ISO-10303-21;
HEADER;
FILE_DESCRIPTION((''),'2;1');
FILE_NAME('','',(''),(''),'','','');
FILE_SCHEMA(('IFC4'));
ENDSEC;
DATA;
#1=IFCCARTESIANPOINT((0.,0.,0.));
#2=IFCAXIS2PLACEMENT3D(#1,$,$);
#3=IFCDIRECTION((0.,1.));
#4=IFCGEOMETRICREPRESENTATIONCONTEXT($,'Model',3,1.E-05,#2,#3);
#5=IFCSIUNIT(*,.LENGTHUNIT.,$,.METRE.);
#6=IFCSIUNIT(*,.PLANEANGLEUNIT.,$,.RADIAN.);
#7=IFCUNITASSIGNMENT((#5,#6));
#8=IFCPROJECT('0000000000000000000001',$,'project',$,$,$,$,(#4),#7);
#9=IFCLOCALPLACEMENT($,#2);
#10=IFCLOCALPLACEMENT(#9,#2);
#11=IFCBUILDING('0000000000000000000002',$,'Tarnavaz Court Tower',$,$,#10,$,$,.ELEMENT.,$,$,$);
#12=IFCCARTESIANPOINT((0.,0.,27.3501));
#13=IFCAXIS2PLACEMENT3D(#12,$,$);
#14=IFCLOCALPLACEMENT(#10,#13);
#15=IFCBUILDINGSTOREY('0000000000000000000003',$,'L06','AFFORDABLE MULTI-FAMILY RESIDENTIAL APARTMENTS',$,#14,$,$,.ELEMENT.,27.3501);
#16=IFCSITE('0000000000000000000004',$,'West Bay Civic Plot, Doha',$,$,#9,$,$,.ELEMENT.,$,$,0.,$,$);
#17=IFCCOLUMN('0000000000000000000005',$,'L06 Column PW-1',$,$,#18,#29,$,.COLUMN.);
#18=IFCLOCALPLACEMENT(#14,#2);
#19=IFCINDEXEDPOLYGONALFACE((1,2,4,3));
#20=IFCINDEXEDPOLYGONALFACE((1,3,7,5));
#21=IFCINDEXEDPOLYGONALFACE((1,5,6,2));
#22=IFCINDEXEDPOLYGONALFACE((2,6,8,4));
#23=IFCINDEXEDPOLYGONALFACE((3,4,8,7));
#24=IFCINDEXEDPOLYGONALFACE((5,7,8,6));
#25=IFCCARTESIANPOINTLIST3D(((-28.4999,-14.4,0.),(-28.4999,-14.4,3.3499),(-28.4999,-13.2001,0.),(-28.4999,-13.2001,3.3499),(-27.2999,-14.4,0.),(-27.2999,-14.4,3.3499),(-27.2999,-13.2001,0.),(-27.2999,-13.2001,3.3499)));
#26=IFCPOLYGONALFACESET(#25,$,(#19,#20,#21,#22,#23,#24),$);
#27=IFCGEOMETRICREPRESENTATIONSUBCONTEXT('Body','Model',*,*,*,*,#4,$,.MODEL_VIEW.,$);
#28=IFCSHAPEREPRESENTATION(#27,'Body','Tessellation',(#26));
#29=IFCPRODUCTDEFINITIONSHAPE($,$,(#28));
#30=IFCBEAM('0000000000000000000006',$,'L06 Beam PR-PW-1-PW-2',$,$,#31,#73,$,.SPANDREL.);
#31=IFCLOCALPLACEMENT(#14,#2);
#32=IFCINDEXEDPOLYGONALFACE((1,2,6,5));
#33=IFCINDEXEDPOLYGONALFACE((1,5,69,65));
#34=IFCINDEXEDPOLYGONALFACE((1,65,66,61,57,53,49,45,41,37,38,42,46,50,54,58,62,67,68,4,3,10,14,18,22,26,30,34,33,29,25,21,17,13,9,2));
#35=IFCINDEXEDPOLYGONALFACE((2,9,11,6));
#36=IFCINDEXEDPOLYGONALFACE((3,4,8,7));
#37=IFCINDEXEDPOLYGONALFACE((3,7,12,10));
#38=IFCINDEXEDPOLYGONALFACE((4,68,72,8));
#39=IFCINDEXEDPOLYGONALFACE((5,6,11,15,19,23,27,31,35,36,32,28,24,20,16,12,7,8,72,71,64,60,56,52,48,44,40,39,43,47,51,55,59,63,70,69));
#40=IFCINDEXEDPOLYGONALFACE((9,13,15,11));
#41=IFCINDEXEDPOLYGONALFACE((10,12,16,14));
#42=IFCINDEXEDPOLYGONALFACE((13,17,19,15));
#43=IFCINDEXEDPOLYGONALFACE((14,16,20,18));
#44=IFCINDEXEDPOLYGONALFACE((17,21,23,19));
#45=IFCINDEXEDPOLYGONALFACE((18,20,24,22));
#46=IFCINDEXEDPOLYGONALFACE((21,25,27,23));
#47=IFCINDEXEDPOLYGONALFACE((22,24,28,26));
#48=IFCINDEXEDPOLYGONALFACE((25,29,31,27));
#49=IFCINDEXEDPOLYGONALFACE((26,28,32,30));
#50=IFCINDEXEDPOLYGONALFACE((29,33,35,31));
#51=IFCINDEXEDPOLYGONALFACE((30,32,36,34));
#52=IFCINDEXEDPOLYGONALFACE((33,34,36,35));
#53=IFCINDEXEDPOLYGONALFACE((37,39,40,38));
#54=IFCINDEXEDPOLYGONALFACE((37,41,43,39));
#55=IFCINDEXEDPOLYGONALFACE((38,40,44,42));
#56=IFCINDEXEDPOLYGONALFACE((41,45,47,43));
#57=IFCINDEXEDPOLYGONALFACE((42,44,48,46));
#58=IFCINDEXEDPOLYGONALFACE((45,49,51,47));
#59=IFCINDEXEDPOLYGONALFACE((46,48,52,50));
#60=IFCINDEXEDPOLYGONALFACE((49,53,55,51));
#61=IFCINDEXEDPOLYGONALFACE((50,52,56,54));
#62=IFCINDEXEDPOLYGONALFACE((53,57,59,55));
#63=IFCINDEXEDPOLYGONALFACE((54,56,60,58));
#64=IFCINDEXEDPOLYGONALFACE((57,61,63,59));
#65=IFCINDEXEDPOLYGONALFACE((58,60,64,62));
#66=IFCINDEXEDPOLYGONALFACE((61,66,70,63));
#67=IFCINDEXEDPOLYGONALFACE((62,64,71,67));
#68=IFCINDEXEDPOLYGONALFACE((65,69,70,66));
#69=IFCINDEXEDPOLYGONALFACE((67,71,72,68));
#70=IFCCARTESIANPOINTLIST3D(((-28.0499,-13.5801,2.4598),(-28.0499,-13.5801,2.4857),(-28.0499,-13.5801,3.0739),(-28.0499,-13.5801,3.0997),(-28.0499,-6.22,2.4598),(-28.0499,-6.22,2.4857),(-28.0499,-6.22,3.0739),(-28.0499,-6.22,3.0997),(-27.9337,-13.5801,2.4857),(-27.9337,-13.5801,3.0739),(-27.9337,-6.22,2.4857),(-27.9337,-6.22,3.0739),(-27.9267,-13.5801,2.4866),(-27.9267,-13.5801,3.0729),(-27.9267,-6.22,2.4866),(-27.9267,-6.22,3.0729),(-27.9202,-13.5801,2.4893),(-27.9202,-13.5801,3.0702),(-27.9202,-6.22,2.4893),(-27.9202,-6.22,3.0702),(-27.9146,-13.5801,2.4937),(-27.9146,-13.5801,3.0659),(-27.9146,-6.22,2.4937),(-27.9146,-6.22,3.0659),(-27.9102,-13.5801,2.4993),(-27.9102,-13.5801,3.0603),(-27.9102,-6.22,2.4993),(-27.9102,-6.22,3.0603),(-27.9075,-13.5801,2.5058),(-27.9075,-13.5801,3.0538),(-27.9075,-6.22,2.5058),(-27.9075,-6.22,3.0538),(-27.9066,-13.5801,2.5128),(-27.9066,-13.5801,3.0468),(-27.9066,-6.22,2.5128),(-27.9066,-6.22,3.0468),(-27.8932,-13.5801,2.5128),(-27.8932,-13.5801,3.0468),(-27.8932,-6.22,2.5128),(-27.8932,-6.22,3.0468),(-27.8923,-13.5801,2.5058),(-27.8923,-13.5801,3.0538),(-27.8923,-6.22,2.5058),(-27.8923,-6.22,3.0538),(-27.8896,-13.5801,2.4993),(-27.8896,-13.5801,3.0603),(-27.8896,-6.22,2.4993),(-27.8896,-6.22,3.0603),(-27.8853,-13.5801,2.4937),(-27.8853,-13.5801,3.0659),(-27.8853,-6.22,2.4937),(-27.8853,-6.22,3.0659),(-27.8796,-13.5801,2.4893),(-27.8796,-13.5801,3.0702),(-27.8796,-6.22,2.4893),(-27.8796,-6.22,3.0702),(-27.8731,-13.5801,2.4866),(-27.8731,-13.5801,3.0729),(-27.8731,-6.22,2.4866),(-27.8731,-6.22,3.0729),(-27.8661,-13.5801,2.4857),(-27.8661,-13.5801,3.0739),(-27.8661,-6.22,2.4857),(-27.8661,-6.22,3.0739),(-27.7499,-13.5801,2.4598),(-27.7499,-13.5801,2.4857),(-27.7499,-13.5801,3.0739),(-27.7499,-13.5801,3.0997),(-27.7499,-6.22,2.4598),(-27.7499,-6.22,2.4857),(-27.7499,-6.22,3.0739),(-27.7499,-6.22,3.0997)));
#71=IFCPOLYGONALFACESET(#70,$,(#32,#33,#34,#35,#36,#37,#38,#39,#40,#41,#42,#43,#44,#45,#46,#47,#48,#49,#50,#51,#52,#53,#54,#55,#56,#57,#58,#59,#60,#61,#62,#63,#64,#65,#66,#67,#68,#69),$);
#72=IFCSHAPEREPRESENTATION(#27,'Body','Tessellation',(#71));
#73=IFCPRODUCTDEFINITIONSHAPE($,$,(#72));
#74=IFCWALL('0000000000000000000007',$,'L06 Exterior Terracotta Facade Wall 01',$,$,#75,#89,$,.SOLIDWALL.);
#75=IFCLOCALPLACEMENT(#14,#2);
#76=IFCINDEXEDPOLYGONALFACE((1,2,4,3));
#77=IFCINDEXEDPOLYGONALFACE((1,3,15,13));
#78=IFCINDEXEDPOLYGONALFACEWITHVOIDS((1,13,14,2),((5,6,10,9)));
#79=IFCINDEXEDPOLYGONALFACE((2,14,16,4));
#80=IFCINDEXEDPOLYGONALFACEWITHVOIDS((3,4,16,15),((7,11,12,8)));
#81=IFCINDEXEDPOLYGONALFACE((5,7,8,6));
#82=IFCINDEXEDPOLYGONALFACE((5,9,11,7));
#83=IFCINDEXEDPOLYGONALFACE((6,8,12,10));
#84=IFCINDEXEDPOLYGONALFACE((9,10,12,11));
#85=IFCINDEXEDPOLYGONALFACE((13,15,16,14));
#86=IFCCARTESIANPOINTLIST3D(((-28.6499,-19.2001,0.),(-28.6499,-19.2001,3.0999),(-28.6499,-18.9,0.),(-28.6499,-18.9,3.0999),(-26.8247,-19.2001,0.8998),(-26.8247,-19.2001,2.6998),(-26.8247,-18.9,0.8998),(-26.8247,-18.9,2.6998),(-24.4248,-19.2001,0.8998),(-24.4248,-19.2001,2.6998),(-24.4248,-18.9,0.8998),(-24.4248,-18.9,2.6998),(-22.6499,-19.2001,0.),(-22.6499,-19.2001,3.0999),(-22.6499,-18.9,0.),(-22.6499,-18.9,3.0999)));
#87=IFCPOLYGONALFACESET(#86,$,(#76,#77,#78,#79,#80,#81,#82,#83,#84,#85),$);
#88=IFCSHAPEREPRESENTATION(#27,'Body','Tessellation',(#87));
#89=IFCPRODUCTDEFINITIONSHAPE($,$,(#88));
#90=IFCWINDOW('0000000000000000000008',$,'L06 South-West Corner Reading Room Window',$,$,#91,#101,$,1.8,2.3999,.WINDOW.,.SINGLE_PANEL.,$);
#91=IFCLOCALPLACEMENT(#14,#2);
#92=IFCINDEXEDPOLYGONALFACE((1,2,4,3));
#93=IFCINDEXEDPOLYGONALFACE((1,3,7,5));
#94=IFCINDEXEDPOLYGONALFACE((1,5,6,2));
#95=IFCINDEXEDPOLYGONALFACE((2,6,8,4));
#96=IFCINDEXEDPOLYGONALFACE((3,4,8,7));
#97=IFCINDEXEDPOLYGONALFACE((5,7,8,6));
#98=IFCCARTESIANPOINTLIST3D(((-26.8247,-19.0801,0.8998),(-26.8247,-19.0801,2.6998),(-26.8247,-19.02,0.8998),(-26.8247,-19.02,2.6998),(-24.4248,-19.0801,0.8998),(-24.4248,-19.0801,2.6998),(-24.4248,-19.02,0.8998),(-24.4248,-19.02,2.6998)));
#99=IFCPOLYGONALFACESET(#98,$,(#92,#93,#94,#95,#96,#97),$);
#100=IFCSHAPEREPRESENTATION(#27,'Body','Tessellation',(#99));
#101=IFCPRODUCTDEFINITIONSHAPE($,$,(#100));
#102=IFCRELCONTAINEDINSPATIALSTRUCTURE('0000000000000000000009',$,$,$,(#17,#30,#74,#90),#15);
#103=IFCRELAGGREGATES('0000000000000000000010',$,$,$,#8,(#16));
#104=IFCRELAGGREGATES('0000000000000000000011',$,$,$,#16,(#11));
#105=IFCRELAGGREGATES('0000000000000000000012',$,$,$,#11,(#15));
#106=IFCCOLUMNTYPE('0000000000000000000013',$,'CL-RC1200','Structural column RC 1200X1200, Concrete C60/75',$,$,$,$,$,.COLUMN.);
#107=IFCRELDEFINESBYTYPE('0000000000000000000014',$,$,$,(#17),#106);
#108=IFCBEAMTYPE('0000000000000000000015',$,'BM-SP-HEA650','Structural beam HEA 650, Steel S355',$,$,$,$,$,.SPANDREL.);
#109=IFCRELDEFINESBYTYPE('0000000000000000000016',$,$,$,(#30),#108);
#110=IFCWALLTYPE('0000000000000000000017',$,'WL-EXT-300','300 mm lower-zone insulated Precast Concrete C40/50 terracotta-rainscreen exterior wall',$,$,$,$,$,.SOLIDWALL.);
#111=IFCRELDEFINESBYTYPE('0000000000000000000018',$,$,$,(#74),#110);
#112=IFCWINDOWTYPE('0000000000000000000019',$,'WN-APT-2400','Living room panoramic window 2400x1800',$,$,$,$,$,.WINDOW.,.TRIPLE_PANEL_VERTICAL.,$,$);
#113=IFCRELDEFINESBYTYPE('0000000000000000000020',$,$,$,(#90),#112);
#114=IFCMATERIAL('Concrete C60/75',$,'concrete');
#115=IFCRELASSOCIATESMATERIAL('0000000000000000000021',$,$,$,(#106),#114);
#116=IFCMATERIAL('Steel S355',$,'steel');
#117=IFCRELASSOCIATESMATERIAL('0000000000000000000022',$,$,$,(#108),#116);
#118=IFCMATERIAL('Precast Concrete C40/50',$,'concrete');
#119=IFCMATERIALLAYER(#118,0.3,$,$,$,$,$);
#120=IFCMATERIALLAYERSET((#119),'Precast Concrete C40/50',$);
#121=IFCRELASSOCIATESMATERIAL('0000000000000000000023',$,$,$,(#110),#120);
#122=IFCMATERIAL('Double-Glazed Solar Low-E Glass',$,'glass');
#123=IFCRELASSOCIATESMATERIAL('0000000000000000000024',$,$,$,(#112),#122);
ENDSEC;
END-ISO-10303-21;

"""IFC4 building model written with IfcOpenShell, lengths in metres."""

from ifc_helpers import new_model, si_unit, direction, frame, frame_2d, origin, origin_2d, place, context, subcontext, project, spatial, rectangle, i_section, extrude, material, layer, layer_set, material_profile, profile_set, type_object, element, fill, save


model = new_model("IFC4")

# Units and contexts
model_context = context("Model", 3, precision=1e-05, world=origin(), true_north=direction((0.0, 1.0)))
body_context = subcontext(model_context, "Body", "Model", "MODEL_VIEW")
ifc_project = project(units=[si_unit("LENGTHUNIT", "METRE"), si_unit("PLANEANGLEUNIT", "RADIAN")], contexts=[model_context])

# Site, building, storey
site_placement = place(None, origin())
site = spatial("IfcSite", under=ifc_project, at=site_placement, Name="West Bay Civic Plot, Doha", CompositionType="ELEMENT", RefElevation=0.0)
building_placement = place(site_placement, origin())
building = spatial("IfcBuilding", under=site, at=building_placement, Name="Tarnavaz Court Tower", CompositionType="ELEMENT")
storey_placement = place(building_placement, frame((0.0, 0.0, 27.3501)))
storey = spatial("IfcBuildingStorey", under=building, at=storey_placement, Name="L06", Description="AFFORDABLE MULTI-FAMILY RESIDENTIAL APARTMENTS", CompositionType="ELEMENT", Elevation=27.3501)

# Column
ifc_material_1 = material(Name="Concrete C60/75", Category="concrete")
ifc_material_profile_1 = material_profile(ifc_material_1, rectangle(XDim=1.2, YDim=1.2, at=origin_2d()), Name="RC 1200X1200")
ifc_profile_set_1 = profile_set([ifc_material_profile_1], Name="Concrete C60/75")
column_type = type_object("IfcColumnType", Name="CL-RC1200", Description="Structural column RC 1200X1200, Concrete C60/75", PredefinedType="COLUMN", material=ifc_profile_set_1)
column_placement = place(storey_placement, frame((-27.8999, -13.8, 0.0), z_axis=(0.0, 0.0, 1.0), x_axis=(1.0, 0.0, 0.0)))
element("IfcColumn", 1, at=column_placement, inside=storey, type_object=column_type, Name="L06 Column PW-1", PredefinedType="COLUMN", context=body_context, shape_type="SweptSolid", body=[
    extrude(rectangle(XDim=1.2, YDim=1.2, at=origin_2d()), origin(), (0.0, 0.0, 1.0), 3.3499),
])

# Beam
ifc_material_2 = material(Name="Steel S355", Category="steel")
ifc_material_profile_2 = material_profile(ifc_material_2, i_section(OverallWidth=0.3, OverallDepth=0.6399, WebThickness=0.0134, FlangeThickness=0.0259, FilletRadius=0.0271, at=origin_2d()), Name="HEA 650")
ifc_profile_set_2 = profile_set([ifc_material_profile_2], Name="Steel S355")
beam_type = type_object("IfcBeamType", Name="BM-SP-HEA650", Description="Structural beam HEA 650, Steel S355", PredefinedType="SPANDREL", material=ifc_profile_set_2)
beam_placement = place(storey_placement, frame((-27.8999, -13.5801, 2.7798), z_axis=(0.0, 1.0, 0.0), x_axis=(-1.0, 0.0, 0.0)))
element("IfcBeam", 2, at=beam_placement, inside=storey, type_object=beam_type, Name="L06 Beam PR-PW-1-PW-2", PredefinedType="SPANDREL", context=body_context, shape_type="SweptSolid", body=[
    extrude(i_section(OverallWidth=0.3, OverallDepth=0.6399, WebThickness=0.0134, FlangeThickness=0.0259, FilletRadius=0.0271, at=origin_2d()), origin(), (0.0, 0.0, 1.0), 7.3601),
])

# Wall, opening, window
ifc_material_3 = material(Name="Precast Concrete C40/50", Category="concrete")
ifc_layer_1 = layer(ifc_material_3, 0.3)
ifc_layer_set_1 = layer_set([ifc_layer_1], Name="Precast Concrete C40/50")
wall_type_1 = type_object("IfcWallType", Name="WL-EXT-300", Description="300 mm lower-zone insulated Precast Concrete C40/50 terracotta-rainscreen exterior wall", PredefinedType="SOLIDWALL", material=ifc_layer_set_1)
wall_1_placement = place(storey_placement, frame((-22.6499, -19.05, 0.0), z_axis=(0.0, 0.0, 1.0), x_axis=(-1.0, 0.0, 0.0)))
wall_1 = element("IfcWall", 3, at=wall_1_placement, inside=storey, type_object=wall_type_1, Name="L06 Exterior Terracotta Facade Wall 01", PredefinedType="SOLIDWALL", context=body_context, shape_type="SweptSolid", body=[
    extrude(rectangle(XDim=6.0, YDim=0.3, at=frame_2d((3.0, 0.0))), origin(), (0.0, 0.0, 1.0), 3.0999),
])
opening_1_placement = place(wall_1_placement, frame((1.7749, 0.0, 0.8999)))
opening_1 = element("IfcOpeningElement", 4, at=opening_1_placement, cuts=wall_1, PredefinedType="OPENING", context=body_context, shape_type="SweptSolid", body=[
    extrude(rectangle(XDim=2.3999, YDim=1.8, at=frame_2d((1.2, 0.8999))), frame((0.0, 0.1599, 0.0), z_axis=(0.0, -1.0, 0.0), x_axis=(1.0, 0.0, 0.0)), (0.0, 0.0, 1.0), 0.3201),
])
ifc_material_4 = material(Name="Double-Glazed Solar Low-E Glass", Category="glass")
window_type_1 = type_object("IfcWindowType", Name="WN-APT-2400", Description="Living room panoramic window 2400x1800", PartitioningType="TRIPLE_PANEL_VERTICAL", PredefinedType="WINDOW", material=ifc_material_4)
window_1_placement = place(opening_1_placement, origin())
window_1 = element("IfcWindow", 5, at=window_1_placement, inside=storey, type_object=window_type_1, Name="L06 South-West Corner Reading Room Window", OverallHeight=1.8, OverallWidth=2.3999, PartitioningType="SINGLE_PANEL", PredefinedType="WINDOW", context=body_context, shape_type="SweptSolid", body=[
    extrude(rectangle(XDim=2.3999, YDim=1.8, at=frame_2d((1.2, 0.8999))), frame((0.0, 0.03, 0.0), z_axis=(0.0, -1.0, 0.0), x_axis=(1.0, 0.0, 0.0)), (0.0, 0.0, 1.0), 0.0601),
])
fill(opening_1, window_1)

save(model, "model.ifc")
